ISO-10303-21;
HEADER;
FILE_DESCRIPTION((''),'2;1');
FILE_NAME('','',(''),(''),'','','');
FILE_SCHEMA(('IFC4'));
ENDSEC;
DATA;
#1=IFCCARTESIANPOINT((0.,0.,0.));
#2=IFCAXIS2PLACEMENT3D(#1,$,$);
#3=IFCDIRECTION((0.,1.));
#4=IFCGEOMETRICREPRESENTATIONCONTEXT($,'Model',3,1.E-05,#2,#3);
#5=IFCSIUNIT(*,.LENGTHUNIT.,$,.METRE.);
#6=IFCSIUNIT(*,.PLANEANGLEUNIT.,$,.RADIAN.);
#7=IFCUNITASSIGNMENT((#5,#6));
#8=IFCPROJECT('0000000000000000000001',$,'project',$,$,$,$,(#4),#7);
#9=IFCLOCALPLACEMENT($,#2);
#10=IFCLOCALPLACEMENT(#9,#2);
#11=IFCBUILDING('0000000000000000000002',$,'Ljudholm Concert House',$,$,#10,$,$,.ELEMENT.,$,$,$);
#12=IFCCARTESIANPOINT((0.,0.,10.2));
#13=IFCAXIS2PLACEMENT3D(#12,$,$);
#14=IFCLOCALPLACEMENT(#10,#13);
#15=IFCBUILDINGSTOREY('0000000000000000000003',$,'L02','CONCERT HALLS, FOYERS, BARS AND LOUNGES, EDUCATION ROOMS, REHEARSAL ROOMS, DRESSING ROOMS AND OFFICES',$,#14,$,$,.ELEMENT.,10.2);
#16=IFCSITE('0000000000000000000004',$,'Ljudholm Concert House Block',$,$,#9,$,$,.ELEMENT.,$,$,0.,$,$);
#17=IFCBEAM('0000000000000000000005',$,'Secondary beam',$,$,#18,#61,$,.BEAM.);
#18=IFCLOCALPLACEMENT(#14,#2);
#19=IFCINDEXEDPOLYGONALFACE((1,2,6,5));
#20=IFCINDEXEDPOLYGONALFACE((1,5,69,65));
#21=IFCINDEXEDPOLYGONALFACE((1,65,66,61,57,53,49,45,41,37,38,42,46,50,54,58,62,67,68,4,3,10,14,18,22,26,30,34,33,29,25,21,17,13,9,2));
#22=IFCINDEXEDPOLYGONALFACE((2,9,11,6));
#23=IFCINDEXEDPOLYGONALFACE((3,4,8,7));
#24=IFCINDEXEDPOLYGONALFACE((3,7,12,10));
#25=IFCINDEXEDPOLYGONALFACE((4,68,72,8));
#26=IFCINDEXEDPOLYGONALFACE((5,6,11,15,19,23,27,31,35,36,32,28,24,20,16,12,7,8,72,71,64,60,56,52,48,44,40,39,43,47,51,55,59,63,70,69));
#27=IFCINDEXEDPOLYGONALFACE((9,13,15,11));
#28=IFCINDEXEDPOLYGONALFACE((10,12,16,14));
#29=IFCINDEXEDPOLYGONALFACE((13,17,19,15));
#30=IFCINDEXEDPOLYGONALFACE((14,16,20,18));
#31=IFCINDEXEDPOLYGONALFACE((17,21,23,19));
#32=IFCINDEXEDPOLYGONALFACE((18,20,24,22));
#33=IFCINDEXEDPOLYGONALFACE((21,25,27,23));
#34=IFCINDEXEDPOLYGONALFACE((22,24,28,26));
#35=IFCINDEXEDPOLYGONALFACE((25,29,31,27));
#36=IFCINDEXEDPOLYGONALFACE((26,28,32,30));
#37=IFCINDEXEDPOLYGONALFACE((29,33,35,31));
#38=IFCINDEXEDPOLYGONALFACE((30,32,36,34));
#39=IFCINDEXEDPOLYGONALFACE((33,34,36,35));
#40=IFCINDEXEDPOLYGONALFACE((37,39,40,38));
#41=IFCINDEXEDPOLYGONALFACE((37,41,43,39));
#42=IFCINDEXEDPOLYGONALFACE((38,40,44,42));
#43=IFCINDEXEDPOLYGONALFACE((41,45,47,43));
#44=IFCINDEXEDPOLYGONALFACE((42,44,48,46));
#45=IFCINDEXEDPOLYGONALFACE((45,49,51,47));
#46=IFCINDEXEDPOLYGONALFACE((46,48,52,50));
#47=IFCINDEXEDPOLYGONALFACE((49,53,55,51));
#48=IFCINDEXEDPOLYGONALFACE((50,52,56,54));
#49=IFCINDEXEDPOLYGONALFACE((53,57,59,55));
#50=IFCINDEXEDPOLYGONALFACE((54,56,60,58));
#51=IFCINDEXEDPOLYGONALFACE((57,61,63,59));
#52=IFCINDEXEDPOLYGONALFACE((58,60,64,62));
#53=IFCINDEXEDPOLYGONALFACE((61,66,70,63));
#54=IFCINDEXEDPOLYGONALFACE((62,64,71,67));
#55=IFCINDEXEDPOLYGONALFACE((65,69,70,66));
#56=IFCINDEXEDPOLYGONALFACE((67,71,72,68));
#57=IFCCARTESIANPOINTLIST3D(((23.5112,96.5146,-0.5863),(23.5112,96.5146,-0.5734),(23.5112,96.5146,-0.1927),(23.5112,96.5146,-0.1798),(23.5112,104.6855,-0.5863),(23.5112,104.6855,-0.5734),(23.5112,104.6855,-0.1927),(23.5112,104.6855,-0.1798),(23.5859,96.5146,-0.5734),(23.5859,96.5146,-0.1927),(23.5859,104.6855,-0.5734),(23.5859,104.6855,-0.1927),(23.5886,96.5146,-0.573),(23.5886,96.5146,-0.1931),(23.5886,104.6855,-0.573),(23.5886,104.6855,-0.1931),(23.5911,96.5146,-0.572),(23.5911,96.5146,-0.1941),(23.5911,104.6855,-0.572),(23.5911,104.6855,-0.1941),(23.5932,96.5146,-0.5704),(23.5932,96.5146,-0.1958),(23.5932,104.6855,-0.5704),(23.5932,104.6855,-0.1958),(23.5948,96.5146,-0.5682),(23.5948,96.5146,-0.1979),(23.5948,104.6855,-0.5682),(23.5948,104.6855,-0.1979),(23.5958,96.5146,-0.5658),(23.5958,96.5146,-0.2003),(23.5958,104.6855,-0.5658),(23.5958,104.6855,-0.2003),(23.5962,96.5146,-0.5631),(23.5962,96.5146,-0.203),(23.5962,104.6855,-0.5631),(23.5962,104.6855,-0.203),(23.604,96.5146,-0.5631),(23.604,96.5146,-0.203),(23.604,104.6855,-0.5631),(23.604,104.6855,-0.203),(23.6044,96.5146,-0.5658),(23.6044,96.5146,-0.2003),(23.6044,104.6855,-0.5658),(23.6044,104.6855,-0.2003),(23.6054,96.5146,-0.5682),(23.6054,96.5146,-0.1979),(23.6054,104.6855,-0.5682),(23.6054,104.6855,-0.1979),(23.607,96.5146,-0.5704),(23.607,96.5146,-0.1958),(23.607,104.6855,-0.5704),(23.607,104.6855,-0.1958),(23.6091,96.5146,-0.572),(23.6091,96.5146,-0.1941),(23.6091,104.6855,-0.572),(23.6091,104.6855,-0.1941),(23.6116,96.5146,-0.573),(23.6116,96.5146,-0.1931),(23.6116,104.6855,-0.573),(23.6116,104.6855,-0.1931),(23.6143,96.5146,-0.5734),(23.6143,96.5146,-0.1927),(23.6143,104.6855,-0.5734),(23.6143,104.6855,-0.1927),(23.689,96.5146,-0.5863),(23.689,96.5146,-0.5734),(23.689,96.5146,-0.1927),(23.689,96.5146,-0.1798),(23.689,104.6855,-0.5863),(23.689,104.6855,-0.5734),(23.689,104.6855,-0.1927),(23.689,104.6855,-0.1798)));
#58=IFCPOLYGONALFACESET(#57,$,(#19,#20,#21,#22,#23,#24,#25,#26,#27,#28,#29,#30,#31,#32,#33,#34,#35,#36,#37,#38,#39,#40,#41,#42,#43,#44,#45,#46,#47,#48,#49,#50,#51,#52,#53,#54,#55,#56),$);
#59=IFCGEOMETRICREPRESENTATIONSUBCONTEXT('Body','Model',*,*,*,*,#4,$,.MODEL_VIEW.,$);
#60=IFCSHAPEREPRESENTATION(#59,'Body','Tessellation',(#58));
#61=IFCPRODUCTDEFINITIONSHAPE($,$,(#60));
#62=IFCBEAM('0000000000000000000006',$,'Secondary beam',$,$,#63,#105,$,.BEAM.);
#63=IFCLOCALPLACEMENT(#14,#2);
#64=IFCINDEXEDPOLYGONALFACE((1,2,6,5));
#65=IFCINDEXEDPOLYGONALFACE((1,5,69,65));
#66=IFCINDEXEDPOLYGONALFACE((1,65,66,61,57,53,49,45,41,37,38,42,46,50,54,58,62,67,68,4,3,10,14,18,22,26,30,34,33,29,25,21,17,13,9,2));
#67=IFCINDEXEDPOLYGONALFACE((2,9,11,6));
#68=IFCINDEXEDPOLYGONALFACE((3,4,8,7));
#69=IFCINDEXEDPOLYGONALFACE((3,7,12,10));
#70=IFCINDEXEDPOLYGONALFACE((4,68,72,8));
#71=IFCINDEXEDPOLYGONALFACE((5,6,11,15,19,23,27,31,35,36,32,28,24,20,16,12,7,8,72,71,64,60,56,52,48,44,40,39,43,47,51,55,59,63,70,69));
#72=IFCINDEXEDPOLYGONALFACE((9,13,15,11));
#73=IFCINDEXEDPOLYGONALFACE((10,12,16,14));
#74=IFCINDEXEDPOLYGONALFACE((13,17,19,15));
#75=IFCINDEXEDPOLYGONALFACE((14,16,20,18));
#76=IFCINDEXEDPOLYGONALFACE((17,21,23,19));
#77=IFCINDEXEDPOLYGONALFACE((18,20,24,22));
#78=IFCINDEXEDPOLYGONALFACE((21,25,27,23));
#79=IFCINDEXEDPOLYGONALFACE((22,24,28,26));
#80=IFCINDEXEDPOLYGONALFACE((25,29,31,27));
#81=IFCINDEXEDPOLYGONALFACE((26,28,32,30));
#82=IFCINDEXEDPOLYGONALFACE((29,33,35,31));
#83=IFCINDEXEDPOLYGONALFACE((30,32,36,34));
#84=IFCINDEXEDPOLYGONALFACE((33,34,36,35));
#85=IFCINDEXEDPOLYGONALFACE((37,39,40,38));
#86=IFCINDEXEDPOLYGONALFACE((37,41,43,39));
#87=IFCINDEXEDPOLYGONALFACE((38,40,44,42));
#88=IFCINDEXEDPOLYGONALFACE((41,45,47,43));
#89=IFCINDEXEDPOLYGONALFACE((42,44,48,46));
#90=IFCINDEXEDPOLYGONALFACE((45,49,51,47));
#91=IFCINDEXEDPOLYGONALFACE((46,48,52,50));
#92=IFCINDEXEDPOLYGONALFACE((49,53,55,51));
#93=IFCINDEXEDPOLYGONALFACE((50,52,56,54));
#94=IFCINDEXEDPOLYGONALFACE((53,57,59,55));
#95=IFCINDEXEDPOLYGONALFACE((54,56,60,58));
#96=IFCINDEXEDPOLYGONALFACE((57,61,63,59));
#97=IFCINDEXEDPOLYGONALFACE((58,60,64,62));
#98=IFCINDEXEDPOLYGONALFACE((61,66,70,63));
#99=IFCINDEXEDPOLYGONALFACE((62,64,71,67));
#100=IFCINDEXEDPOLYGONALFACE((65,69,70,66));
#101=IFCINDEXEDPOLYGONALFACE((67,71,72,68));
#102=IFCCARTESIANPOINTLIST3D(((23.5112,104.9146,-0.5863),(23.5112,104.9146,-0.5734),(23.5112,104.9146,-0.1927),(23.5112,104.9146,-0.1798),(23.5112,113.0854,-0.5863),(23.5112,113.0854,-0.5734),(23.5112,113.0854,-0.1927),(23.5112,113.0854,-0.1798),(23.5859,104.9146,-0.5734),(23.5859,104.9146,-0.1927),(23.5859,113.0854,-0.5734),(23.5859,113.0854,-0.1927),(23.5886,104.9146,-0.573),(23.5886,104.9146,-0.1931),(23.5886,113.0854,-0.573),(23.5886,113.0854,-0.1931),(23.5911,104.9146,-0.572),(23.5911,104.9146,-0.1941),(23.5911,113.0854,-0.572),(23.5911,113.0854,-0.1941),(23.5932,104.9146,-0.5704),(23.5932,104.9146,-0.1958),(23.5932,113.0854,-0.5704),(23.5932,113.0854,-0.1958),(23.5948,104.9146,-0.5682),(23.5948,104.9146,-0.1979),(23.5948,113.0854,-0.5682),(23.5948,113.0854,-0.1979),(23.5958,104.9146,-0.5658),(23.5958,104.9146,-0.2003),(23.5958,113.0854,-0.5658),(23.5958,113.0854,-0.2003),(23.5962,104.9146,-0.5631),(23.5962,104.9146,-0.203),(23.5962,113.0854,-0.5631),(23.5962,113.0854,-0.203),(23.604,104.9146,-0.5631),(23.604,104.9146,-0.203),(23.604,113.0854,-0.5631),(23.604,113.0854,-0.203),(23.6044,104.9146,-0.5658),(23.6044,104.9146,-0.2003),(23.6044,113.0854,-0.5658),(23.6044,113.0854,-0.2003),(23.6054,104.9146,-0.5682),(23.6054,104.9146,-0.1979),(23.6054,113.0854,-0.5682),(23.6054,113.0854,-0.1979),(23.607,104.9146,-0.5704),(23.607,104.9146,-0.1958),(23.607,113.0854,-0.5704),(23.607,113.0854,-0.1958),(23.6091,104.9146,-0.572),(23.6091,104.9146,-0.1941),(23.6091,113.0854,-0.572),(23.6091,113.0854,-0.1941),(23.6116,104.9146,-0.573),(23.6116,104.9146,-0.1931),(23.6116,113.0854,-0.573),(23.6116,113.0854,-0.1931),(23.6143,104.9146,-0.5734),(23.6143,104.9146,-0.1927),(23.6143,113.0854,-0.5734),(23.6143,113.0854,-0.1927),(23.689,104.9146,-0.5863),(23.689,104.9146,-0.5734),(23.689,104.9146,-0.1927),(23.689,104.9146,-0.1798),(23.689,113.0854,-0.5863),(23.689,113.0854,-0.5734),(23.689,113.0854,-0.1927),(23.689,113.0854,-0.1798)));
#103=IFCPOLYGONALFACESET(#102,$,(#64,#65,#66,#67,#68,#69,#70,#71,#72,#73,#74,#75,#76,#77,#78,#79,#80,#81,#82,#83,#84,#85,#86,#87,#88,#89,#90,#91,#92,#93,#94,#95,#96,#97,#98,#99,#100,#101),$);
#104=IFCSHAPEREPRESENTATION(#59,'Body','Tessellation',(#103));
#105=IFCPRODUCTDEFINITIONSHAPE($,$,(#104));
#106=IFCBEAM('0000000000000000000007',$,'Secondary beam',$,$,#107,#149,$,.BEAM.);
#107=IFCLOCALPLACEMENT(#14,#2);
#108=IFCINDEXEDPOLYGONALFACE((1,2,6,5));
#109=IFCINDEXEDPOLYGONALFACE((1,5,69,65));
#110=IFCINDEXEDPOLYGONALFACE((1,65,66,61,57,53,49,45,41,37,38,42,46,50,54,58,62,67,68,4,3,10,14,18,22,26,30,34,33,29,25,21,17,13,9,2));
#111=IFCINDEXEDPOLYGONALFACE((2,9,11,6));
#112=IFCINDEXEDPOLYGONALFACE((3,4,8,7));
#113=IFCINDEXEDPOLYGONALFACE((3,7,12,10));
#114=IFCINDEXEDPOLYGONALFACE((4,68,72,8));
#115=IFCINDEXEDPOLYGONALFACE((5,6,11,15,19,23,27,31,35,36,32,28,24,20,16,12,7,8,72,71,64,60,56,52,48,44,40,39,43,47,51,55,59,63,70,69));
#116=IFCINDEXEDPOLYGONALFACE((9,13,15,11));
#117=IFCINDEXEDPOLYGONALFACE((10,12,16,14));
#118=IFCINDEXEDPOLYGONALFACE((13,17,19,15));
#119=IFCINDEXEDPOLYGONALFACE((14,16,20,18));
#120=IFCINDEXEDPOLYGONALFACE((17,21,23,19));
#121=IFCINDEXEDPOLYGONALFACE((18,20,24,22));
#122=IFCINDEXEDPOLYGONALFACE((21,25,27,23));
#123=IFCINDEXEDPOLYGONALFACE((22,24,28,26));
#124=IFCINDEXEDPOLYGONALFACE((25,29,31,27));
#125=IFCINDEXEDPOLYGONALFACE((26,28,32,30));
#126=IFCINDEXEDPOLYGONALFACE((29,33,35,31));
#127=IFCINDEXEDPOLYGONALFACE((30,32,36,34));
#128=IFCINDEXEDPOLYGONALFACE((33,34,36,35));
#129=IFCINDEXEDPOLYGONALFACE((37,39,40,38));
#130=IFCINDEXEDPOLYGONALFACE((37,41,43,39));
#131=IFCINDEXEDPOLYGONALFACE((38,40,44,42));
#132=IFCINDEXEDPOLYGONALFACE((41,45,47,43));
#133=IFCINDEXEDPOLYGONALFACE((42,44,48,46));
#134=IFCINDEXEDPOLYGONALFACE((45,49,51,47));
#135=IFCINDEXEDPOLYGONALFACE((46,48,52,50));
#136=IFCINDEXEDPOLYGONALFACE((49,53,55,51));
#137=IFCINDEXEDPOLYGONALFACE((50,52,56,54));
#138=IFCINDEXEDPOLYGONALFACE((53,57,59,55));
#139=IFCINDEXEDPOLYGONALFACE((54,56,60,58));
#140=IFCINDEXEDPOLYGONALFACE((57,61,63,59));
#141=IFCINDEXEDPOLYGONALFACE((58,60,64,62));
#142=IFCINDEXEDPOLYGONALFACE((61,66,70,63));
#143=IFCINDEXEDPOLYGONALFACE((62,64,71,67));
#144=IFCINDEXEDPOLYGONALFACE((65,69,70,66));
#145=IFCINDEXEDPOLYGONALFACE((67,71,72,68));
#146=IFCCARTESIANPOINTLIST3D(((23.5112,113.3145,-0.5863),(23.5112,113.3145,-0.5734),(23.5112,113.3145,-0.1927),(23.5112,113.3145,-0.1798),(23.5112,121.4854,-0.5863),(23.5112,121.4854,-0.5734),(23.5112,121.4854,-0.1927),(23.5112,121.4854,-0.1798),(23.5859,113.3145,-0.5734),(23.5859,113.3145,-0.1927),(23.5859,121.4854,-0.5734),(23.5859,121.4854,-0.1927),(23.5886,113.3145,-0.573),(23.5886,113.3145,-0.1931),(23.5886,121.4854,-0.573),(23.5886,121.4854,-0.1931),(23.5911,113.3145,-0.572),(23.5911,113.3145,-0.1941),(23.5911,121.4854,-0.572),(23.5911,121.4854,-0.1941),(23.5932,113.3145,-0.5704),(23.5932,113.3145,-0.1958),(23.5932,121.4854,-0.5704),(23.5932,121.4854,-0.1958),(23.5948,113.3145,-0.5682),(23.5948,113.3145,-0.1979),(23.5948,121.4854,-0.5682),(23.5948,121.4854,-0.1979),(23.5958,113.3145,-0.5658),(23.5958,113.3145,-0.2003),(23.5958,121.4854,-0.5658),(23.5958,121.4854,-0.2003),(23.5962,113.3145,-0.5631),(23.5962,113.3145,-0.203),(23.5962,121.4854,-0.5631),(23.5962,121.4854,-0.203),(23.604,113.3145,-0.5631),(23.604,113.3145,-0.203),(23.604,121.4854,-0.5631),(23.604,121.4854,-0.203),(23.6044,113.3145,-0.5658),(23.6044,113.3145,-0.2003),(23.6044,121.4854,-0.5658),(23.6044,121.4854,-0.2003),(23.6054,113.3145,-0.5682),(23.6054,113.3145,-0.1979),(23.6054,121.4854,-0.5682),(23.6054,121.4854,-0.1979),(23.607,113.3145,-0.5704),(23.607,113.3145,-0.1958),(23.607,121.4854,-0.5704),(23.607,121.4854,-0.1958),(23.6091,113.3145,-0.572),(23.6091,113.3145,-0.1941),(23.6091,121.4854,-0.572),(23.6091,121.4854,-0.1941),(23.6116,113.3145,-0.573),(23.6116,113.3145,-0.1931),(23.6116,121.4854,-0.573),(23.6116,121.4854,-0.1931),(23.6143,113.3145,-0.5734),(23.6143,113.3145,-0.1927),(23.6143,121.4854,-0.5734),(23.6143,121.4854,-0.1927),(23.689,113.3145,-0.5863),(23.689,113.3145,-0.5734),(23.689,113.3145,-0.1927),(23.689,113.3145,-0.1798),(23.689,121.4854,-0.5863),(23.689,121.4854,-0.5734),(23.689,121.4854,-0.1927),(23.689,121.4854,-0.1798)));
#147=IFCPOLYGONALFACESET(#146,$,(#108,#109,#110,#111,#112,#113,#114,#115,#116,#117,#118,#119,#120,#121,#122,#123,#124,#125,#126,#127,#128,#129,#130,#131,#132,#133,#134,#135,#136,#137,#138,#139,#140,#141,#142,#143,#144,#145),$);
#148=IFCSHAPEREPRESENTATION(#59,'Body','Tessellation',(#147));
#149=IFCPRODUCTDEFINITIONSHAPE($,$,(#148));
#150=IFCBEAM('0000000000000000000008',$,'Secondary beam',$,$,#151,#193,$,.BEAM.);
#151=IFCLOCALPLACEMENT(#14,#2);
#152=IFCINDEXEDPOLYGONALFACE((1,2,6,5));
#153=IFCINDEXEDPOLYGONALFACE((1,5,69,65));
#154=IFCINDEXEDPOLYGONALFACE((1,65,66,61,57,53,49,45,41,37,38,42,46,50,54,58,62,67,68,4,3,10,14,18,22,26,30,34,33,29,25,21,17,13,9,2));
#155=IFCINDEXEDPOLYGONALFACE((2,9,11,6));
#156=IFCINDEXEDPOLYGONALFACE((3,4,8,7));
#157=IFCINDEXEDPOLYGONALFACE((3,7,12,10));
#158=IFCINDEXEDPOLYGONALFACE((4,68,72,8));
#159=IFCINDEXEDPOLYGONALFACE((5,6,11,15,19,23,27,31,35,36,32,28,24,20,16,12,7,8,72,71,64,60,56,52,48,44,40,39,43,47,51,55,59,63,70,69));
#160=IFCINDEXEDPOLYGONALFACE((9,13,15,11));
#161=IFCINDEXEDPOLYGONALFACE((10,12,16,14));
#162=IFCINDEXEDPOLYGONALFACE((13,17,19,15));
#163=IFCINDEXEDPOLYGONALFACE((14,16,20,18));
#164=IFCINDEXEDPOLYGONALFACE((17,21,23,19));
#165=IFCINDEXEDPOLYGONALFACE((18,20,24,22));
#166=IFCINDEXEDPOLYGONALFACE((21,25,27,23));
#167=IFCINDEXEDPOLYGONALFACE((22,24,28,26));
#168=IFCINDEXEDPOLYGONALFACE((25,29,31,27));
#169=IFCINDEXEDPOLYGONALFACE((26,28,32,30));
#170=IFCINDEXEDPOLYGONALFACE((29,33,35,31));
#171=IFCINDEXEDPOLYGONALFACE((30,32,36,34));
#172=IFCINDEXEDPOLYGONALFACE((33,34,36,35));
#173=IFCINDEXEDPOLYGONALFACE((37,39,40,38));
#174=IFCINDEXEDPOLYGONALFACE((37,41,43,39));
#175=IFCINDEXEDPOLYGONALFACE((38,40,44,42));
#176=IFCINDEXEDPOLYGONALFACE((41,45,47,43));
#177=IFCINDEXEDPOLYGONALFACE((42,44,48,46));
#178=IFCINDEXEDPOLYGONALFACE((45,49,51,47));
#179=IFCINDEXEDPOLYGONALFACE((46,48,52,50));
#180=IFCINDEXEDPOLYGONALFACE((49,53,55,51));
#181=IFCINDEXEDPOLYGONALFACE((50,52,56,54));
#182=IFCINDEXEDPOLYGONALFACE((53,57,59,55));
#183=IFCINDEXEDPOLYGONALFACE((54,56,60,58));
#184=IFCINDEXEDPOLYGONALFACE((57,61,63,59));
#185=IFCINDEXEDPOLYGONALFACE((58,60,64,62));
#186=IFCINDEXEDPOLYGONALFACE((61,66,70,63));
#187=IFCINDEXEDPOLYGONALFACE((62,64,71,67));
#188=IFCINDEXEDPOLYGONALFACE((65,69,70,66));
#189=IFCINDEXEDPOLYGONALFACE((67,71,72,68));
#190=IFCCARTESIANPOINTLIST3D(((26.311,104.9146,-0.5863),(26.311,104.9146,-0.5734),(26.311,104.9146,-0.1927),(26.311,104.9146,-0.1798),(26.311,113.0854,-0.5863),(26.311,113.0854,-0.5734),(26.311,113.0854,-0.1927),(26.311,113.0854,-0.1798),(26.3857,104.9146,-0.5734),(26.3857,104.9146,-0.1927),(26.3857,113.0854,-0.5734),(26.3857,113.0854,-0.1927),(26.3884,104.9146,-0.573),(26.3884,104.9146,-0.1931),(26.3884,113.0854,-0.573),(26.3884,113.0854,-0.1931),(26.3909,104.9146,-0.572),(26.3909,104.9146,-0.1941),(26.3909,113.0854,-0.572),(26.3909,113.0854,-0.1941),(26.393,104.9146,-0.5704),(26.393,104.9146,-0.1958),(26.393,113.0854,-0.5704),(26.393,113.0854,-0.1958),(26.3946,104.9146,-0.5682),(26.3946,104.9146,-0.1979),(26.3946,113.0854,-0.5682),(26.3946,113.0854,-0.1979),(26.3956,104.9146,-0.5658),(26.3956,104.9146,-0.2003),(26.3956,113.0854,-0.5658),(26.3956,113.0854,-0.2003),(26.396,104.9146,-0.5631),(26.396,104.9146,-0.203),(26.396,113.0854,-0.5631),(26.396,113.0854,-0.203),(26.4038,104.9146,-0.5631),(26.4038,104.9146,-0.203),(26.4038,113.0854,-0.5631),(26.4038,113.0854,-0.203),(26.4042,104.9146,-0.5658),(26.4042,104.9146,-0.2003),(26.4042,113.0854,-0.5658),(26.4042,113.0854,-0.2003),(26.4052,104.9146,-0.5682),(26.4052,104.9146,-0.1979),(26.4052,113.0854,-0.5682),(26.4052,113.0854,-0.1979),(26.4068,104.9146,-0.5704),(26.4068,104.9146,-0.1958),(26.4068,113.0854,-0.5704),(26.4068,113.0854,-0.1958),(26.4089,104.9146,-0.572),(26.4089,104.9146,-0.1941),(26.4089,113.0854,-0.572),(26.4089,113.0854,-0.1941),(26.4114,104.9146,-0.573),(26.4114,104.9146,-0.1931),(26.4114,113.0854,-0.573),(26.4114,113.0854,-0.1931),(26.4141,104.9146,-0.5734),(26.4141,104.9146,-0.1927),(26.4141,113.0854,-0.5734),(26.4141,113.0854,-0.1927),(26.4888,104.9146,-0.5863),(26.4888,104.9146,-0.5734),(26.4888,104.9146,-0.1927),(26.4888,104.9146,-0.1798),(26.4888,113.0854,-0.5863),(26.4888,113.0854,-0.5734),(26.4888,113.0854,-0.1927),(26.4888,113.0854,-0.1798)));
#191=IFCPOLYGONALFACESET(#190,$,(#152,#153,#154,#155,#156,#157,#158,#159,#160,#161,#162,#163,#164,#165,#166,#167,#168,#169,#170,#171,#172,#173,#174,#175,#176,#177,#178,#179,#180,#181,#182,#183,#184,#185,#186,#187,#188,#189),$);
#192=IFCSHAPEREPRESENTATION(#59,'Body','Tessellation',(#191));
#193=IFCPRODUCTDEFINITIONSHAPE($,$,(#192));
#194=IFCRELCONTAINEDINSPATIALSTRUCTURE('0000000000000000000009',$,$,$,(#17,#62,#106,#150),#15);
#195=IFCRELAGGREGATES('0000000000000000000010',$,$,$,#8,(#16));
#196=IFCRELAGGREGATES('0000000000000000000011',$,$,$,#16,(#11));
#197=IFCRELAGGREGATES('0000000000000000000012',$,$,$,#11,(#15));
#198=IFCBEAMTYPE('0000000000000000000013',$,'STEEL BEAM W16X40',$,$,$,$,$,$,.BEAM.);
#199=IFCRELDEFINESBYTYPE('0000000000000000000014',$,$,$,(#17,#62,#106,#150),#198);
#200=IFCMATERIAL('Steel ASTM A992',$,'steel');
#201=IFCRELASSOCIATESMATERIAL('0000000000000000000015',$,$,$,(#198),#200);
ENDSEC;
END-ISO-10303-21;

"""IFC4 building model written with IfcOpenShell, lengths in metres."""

from ifc_helpers import new_model, si_unit, direction, frame, origin, origin_2d, place, context, subcontext, project, spatial, i_section, extrude, material, material_profile, profile_set, type_object, element, save


model = new_model("IFC4")

# Units and contexts
model_context = context("Model", 3, precision=1e-05, world=origin(), true_north=direction((0.0, 1.0)))
body_context = subcontext(model_context, "Body", "Model", "MODEL_VIEW")
ifc_project = project(units=[si_unit("LENGTHUNIT", "METRE"), si_unit("PLANEANGLEUNIT", "RADIAN")], contexts=[model_context])

# Site, building, storey
site_placement = place(None, origin())
site = spatial("IfcSite", under=ifc_project, at=site_placement, Name="Ljudholm Concert House Block", CompositionType="ELEMENT", RefElevation=0.0)
building_placement = place(site_placement, origin())
building = spatial("IfcBuilding", under=site, at=building_placement, Name="Ljudholm Concert House", CompositionType="ELEMENT")
storey_placement = place(building_placement, frame((0.0, 0.0, 10.2)))
storey = spatial("IfcBuildingStorey", under=building, at=storey_placement, Name="L02", Description="CONCERT HALLS, FOYERS, BARS AND LOUNGES, EDUCATION ROOMS, REHEARSAL ROOMS, DRESSING ROOMS AND OFFICES", CompositionType="ELEMENT", Elevation=10.2)

# Beams
ifc_material_1 = material(Name="Steel ASTM A992", Category="steel")
ifc_material_profile_1 = material_profile(ifc_material_1, i_section(OverallWidth=0.1777, OverallDepth=0.4065, WebThickness=0.0078, FlangeThickness=0.0129, FilletRadius=0.0103, at=origin_2d()), Name="W16X40")
ifc_profile_set_1 = profile_set([ifc_material_profile_1], Name="Steel ASTM A992")
beam_type_1 = type_object("IfcBeamType", Name="STEEL BEAM W16X40", PredefinedType="BEAM", material=ifc_profile_set_1)
for number, where, z_axis, x_axis, name in (
    (1, (23.6001, 96.5146, -0.3831), (0.0, 1.0, 0.0), (-1.0, 0.0, 0.0), "Secondary beam"),
    (2, (23.6001, 104.9146, -0.3831), (0.0, 1.0, 0.0), (-1.0, 0.0, 0.0), "Secondary beam"),
    (3, (23.6001, 113.3145, -0.3831), (0.0, 1.0, 0.0), (-1.0, 0.0, 0.0), "Secondary beam"),
    (4, (26.3999, 104.9146, -0.3831), (0.0, 1.0, 0.0), (-1.0, 0.0, 0.0), "Secondary beam"),
):
    element("IfcBeam", number, at=place(storey_placement, frame(where, z_axis=z_axis, x_axis=x_axis)), inside=storey, type_object=beam_type_1, Name=name, PredefinedType="BEAM", context=body_context, shape_type="SweptSolid", body=[
        extrude(i_section(OverallWidth=0.1777, OverallDepth=0.4065, WebThickness=0.0078, FlangeThickness=0.0129, FilletRadius=0.0103, at=origin_2d()), origin(), (0.0, 0.0, 1.0), 8.1709),
    ])

save(model, "model.ifc")
